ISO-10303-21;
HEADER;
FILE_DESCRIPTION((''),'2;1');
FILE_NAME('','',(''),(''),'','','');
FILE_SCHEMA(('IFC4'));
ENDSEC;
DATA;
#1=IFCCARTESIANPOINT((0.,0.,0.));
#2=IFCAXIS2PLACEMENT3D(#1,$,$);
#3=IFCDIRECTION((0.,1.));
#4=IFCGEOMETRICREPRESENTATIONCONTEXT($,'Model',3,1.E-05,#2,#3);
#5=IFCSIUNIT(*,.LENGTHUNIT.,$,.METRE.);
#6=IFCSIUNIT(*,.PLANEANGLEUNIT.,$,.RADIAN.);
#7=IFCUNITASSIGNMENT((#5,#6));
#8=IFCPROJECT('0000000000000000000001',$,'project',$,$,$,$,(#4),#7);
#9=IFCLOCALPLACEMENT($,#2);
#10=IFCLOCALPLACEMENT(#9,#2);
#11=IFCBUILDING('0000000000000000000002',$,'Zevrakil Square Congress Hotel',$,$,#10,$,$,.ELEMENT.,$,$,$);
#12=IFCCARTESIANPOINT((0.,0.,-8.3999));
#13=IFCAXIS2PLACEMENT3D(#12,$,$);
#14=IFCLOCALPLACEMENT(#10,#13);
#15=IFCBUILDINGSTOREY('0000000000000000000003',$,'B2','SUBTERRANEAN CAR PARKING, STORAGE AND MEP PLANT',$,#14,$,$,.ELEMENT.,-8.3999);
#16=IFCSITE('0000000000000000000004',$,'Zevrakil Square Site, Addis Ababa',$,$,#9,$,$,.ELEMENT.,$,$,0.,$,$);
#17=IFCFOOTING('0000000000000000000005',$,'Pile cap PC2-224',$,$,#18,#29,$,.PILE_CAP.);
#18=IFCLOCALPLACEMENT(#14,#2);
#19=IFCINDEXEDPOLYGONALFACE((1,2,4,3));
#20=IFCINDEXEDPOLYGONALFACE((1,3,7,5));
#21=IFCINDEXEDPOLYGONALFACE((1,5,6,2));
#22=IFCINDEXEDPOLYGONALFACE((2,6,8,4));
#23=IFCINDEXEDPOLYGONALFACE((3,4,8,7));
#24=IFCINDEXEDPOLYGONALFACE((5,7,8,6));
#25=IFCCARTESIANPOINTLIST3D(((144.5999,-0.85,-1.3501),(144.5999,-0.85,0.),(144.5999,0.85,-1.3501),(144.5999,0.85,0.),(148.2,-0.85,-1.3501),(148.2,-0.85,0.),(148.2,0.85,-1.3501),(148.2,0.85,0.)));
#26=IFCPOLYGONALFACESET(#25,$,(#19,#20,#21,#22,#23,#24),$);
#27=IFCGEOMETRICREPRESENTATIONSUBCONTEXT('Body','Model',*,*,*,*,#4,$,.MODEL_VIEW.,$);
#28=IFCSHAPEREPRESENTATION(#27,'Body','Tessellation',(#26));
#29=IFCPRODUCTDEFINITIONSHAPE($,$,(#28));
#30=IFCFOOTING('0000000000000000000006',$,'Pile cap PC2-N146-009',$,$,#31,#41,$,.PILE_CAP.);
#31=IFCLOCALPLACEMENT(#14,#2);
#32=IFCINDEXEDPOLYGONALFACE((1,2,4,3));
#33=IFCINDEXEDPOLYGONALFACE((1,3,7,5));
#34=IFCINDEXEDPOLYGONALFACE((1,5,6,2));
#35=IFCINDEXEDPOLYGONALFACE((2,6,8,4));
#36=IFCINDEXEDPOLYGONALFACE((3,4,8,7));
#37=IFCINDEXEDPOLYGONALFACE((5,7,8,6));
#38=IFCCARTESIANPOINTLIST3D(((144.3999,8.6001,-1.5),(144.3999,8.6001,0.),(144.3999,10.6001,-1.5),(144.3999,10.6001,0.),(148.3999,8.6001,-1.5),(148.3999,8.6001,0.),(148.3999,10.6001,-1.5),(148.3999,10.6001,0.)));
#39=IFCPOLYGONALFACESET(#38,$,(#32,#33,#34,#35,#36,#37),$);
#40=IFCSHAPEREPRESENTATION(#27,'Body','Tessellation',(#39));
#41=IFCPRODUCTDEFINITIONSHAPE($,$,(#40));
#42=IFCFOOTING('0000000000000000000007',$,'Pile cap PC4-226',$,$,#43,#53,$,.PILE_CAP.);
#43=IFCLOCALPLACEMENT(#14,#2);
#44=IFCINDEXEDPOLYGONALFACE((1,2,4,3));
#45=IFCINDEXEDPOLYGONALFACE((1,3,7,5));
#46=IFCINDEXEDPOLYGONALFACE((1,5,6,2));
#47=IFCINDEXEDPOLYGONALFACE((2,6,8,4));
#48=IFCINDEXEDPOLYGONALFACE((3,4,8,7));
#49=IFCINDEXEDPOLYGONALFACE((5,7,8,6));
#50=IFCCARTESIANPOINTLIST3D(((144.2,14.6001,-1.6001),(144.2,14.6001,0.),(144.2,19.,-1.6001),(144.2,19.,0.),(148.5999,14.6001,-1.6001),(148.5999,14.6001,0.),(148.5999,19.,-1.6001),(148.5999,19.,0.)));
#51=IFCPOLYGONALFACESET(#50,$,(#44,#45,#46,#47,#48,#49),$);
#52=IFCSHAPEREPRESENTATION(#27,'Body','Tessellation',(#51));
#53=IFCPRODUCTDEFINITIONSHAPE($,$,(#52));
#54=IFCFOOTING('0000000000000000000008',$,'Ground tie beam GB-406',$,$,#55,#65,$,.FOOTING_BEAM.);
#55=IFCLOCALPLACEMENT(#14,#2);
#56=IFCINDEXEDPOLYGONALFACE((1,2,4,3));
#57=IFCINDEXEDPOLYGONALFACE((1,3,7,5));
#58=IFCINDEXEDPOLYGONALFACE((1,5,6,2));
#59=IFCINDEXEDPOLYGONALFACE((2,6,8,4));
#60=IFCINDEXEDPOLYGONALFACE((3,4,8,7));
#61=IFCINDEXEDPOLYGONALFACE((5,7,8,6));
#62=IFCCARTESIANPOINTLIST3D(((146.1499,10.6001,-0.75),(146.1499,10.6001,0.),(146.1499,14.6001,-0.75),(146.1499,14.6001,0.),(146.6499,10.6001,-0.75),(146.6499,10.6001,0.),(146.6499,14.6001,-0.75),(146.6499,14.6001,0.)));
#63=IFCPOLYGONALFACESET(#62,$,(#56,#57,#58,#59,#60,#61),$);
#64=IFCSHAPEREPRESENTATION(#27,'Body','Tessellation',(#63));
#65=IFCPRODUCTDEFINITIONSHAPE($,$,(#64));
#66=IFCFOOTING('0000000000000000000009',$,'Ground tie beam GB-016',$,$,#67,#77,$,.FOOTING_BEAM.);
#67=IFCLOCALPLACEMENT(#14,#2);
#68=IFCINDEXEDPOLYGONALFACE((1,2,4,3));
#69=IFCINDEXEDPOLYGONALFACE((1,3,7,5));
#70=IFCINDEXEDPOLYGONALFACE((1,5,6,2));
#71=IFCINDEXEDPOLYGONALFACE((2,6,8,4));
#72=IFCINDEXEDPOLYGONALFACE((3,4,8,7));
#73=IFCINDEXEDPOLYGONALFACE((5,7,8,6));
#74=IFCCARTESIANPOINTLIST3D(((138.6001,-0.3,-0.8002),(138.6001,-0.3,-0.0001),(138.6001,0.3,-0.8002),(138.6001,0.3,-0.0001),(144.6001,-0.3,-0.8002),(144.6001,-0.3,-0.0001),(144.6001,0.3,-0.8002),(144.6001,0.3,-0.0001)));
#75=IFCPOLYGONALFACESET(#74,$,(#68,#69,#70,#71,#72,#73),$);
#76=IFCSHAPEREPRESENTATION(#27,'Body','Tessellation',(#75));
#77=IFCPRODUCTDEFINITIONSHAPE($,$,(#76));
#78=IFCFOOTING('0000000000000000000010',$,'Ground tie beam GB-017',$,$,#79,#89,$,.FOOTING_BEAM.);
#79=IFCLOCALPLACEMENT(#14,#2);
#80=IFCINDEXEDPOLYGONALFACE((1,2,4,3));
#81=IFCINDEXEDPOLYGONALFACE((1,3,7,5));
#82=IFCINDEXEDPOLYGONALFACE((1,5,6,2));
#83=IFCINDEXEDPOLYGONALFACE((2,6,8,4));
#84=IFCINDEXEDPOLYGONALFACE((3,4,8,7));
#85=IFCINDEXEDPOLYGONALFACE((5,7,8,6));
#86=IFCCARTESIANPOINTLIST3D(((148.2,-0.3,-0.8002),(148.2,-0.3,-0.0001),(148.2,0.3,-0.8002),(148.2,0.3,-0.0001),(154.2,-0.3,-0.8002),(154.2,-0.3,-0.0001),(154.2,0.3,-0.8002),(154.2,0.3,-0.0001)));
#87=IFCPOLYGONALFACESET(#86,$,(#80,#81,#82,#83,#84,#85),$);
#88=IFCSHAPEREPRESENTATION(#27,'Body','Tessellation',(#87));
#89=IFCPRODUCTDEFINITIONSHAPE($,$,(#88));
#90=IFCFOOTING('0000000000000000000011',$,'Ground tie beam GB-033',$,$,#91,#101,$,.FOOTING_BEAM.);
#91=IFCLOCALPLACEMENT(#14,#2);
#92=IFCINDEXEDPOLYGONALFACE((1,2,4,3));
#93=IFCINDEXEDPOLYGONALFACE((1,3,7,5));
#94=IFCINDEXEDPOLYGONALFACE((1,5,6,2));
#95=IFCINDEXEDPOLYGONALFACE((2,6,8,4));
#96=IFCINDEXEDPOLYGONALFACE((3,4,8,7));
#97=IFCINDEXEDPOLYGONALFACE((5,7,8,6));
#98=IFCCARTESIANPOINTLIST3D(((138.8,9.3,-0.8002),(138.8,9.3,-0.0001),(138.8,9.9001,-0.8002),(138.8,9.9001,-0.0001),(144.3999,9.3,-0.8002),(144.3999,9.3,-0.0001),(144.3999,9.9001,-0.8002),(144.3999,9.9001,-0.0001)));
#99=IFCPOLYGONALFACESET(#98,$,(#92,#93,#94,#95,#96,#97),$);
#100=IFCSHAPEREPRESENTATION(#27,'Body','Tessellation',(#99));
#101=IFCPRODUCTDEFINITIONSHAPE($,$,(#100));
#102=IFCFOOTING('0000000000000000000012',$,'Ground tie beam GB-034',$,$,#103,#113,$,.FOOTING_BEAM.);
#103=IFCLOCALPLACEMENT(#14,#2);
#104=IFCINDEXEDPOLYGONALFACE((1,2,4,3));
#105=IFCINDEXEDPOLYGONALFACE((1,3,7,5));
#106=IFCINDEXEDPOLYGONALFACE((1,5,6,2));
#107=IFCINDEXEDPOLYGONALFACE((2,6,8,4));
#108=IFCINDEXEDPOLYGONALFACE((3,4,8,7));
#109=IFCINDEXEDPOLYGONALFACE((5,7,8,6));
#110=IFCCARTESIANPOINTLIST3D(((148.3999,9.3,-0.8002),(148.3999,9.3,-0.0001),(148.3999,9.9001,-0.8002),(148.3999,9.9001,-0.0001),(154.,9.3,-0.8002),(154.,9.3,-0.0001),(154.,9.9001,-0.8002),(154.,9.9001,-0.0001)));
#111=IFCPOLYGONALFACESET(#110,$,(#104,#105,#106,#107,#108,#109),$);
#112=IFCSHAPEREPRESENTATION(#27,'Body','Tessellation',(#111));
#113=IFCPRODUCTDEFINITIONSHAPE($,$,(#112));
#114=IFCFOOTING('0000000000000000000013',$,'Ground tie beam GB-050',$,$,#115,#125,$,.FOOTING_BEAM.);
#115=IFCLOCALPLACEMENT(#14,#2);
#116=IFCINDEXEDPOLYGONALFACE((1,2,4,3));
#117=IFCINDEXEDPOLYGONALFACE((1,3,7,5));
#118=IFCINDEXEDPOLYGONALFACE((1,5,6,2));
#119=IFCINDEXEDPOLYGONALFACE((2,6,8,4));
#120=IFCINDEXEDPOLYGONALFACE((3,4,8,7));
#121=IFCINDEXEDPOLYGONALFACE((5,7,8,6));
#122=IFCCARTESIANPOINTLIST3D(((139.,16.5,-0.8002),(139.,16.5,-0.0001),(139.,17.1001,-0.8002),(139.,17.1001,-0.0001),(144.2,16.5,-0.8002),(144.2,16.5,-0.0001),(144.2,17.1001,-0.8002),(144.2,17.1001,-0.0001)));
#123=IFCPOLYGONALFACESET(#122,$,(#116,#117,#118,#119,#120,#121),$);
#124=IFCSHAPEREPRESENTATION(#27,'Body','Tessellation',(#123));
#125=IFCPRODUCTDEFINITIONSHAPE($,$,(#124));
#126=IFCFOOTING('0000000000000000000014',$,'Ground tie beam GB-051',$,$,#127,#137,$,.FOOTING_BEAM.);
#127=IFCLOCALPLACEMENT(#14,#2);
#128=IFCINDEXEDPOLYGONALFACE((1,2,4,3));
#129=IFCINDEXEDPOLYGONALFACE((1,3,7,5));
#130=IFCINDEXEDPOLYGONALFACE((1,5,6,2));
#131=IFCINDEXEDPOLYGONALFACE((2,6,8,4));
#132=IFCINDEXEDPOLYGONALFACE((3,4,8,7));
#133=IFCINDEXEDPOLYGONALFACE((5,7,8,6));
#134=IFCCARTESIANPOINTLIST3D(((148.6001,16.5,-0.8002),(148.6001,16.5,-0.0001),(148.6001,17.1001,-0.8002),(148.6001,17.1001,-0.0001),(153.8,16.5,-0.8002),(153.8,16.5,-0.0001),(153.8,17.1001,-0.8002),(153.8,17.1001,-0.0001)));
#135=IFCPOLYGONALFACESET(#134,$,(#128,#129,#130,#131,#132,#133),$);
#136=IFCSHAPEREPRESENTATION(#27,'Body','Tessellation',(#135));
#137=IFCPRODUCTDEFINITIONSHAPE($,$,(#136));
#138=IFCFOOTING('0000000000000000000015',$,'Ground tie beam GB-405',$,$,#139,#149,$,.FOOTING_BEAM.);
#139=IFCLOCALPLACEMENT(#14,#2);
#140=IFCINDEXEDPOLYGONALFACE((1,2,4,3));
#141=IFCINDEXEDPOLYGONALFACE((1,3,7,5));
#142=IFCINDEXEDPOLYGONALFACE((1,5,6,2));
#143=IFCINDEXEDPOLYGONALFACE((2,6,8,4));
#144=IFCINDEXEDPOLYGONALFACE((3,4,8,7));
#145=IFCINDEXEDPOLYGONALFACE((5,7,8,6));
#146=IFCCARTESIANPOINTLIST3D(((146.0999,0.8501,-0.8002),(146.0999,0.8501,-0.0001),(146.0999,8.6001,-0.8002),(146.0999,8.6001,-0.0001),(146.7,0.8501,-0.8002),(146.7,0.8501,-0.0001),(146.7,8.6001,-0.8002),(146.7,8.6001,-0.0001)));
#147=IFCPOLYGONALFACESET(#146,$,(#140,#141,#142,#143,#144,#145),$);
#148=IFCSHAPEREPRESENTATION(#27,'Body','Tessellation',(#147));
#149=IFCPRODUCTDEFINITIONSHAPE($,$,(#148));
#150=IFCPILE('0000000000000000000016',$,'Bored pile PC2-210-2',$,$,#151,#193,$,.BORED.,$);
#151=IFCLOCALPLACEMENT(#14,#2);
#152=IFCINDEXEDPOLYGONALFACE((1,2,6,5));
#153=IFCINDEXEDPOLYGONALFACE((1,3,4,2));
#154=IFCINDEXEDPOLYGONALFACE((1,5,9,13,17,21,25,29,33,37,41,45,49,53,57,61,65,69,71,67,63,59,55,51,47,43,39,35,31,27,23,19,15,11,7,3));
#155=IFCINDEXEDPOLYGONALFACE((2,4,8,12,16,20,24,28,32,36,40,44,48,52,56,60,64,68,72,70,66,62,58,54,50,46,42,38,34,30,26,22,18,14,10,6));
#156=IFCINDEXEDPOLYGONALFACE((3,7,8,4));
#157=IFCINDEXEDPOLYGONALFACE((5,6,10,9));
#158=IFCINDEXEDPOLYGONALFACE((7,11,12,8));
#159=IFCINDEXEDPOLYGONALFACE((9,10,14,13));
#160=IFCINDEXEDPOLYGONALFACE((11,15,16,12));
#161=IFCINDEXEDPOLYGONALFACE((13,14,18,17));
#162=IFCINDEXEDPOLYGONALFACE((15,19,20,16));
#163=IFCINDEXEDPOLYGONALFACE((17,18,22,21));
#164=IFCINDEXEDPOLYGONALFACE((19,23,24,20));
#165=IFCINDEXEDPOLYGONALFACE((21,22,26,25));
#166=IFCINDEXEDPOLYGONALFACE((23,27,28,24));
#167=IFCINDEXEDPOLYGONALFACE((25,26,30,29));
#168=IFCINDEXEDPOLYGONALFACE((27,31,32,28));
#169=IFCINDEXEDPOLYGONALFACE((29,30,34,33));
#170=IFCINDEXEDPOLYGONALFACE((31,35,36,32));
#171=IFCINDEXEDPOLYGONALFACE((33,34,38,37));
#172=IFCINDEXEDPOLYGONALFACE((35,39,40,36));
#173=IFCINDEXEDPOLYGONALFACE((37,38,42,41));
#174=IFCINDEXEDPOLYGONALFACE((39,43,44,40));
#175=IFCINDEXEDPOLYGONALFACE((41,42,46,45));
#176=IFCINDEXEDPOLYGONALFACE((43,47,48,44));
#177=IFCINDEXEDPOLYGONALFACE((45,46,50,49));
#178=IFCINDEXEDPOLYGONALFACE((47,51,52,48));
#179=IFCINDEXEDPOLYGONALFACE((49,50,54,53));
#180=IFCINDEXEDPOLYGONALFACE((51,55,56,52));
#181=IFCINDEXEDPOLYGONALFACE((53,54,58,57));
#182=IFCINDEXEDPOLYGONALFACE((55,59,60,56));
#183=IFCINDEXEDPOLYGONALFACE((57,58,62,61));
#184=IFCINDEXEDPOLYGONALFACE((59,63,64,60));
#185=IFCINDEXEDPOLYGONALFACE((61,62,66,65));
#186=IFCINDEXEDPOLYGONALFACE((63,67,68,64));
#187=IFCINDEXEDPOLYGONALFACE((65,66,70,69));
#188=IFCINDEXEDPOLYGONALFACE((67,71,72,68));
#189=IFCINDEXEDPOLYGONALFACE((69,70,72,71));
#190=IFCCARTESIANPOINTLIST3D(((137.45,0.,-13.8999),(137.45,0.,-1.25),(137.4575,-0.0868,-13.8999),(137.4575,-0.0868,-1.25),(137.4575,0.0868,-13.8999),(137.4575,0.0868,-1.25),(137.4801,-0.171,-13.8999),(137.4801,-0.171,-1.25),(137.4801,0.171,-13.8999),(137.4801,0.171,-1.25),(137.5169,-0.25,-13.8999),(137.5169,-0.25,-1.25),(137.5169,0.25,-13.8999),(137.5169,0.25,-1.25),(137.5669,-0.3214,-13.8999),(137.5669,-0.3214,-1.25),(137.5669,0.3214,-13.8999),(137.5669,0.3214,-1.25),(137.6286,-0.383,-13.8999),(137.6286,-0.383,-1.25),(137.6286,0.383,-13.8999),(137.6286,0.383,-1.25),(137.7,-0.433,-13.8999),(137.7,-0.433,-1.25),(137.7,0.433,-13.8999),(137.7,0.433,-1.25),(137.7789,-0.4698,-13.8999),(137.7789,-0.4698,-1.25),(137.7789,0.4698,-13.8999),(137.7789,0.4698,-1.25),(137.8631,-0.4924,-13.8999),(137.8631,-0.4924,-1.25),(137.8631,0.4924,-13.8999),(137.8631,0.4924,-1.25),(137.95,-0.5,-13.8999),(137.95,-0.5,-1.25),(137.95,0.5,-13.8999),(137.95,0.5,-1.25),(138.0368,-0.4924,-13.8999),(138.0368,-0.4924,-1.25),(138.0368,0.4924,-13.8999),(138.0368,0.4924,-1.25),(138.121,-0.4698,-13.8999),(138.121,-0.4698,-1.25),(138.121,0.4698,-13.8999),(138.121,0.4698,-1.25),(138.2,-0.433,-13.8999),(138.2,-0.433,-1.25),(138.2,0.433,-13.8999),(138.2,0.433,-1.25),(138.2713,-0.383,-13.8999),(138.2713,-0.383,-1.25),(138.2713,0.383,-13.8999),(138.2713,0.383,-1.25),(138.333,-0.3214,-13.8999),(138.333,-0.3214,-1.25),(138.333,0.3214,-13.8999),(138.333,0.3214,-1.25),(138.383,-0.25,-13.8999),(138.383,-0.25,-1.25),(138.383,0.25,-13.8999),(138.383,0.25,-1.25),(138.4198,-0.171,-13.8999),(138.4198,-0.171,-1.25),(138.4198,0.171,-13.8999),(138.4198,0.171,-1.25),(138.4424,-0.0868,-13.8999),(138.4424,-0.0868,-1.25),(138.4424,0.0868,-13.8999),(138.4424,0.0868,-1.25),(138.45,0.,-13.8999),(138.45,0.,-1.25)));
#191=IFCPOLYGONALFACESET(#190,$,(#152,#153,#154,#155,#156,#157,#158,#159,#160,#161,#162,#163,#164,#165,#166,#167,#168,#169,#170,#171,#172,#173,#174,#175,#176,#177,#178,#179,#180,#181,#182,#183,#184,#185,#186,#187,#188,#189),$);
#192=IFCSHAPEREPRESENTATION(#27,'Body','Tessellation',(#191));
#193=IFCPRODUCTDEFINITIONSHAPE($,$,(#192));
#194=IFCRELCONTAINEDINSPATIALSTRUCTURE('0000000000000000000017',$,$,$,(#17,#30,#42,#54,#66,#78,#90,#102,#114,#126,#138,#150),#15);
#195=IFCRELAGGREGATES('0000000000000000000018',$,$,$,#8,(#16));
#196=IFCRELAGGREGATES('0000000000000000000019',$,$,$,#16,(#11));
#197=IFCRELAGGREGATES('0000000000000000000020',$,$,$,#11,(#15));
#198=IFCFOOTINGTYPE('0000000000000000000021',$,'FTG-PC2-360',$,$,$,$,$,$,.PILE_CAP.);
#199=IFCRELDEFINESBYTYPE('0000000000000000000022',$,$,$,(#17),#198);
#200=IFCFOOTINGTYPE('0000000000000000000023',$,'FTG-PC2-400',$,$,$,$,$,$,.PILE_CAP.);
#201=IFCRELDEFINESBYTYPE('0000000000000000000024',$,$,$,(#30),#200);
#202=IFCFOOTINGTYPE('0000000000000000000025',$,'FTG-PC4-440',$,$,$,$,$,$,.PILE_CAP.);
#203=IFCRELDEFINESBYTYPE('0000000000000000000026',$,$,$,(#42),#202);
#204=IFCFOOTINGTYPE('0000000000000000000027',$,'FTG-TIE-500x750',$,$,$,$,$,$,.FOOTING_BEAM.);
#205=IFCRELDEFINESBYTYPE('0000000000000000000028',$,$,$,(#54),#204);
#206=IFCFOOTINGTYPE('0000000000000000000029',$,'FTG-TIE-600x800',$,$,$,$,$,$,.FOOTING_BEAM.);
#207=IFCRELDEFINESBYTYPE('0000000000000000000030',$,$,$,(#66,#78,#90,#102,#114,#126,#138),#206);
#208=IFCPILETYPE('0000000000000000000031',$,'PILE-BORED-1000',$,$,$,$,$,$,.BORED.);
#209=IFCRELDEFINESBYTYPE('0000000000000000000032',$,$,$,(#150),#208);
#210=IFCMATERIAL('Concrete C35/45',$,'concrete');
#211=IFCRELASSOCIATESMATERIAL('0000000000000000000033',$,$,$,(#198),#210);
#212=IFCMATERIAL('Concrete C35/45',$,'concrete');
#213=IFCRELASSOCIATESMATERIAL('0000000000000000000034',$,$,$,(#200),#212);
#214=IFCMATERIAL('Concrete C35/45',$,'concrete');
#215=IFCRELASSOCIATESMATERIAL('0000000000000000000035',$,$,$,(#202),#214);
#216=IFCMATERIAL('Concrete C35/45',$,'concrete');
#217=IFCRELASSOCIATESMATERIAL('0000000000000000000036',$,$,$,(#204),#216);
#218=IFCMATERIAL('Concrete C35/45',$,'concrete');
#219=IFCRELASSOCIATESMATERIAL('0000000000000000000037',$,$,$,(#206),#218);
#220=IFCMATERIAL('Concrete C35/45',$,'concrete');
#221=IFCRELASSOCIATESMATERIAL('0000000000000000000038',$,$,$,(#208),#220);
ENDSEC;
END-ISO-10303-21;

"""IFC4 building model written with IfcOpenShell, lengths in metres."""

from ifc_helpers import new_model, si_unit, direction, frame, origin, origin_2d, place, context, subcontext, project, spatial, rectangle, circle, extrude, material, material_profile, profile_set, type_object, element, save


model = new_model("IFC4")

# Units and contexts
model_context = context("Model", 3, precision=1e-05, world=origin(), true_north=direction((0.0, 1.0)))
body_context = subcontext(model_context, "Body", "Model", "MODEL_VIEW")
ifc_project = project(units=[si_unit("LENGTHUNIT", "METRE"), si_unit("PLANEANGLEUNIT", "RADIAN")], contexts=[model_context])

# Site, building, storey
site_placement = place(None, origin())
site = spatial("IfcSite", under=ifc_project, at=site_placement, Name="Zevrakil Square Site, Addis Ababa", CompositionType="ELEMENT", RefElevation=0.0)
building_placement = place(site_placement, origin())
building = spatial("IfcBuilding", under=site, at=building_placement, Name="Zevrakil Square Congress Hotel", CompositionType="ELEMENT")
storey_placement = place(building_placement, frame((0.0, 0.0, -8.3999)))
storey = spatial("IfcBuildingStorey", under=building, at=storey_placement, Name="B2", Description="SUBTERRANEAN CAR PARKING, STORAGE AND MEP PLANT", CompositionType="ELEMENT", Elevation=-8.3999)

# Footings
ifc_material_1 = material(Name="Concrete C35/45", Category="concrete")
footing_type_1 = type_object("IfcFootingType", Name="FTG-PC2-360", PredefinedType="PILE_CAP", material=ifc_material_1)
footing_1_placement = place(storey_placement, frame((146.3999, 0.0, -1.3501), z_axis=(0.0, 0.0, 1.0), x_axis=(1.0, 0.0, 0.0)))
element("IfcFooting", 1, at=footing_1_placement, inside=storey, type_object=footing_type_1, Name="Pile cap PC2-224", PredefinedType="PILE_CAP", context=body_context, shape_type="SweptSolid", body=[
    extrude(rectangle(XDim=3.6001, YDim=1.7, at=origin_2d()), origin(), (0.0, 0.0, 1.0), 1.3501),
])
ifc_material_2 = material(Name="Concrete C35/45", Category="concrete")
footing_type_2 = type_object("IfcFootingType", Name="FTG-PC2-400", PredefinedType="PILE_CAP", material=ifc_material_2)
footing_2_placement = place(storey_placement, frame((146.3999, 9.6001, -1.5), z_axis=(0.0, 0.0, 1.0), x_axis=(1.0, 0.0, 0.0)))
element("IfcFooting", 2, at=footing_2_placement, inside=storey, type_object=footing_type_2, Name="Pile cap PC2-N146-009", PredefinedType="PILE_CAP", context=body_context, shape_type="SweptSolid", body=[
    extrude(rectangle(XDim=4.0, YDim=2.0, at=origin_2d()), origin(), (0.0, 0.0, 1.0), 1.5),
])
ifc_material_3 = material(Name="Concrete C35/45", Category="concrete")
footing_type_3 = type_object("IfcFootingType", Name="FTG-PC4-440", PredefinedType="PILE_CAP", material=ifc_material_3)
footing_3_placement = place(storey_placement, frame((146.3999, 16.8, -1.6001), z_axis=(0.0, 0.0, 1.0), x_axis=(1.0, 0.0, 0.0)))
element("IfcFooting", 3, at=footing_3_placement, inside=storey, type_object=footing_type_3, Name="Pile cap PC4-226", PredefinedType="PILE_CAP", context=body_context, shape_type="SweptSolid", body=[
    extrude(rectangle(XDim=4.3999, YDim=4.3999, at=origin_2d()), origin(), (0.0, 0.0, 1.0), 1.6001),
])
ifc_material_4 = material(Name="Concrete C35/45", Category="concrete")
ifc_material_profile_1 = material_profile(ifc_material_4, rectangle(XDim=0.5, YDim=0.75, at=origin_2d()), Name="RC 500x750")
ifc_profile_set_1 = profile_set([ifc_material_profile_1], Name="Concrete C35/45")
footing_type_4 = type_object("IfcFootingType", Name="FTG-TIE-500x750", PredefinedType="FOOTING_BEAM", material=ifc_profile_set_1)
footing_4_placement = place(storey_placement, frame((146.3999, 10.6001, -0.375), z_axis=(0.0, 1.0, 0.0), x_axis=(-1.0, 0.0, 0.0)))
element("IfcFooting", 4, at=footing_4_placement, inside=storey, type_object=footing_type_4, Name="Ground tie beam GB-406", PredefinedType="FOOTING_BEAM", context=body_context, shape_type="SweptSolid", body=[
    extrude(rectangle(XDim=0.5, YDim=0.75, at=origin_2d()), origin(), (0.0, 0.0, 1.0), 4.0),
])
ifc_material_5 = material(Name="Concrete C35/45", Category="concrete")
ifc_material_profile_2 = material_profile(ifc_material_5, rectangle(XDim=0.6001, YDim=0.8, at=origin_2d()), Name="RC 600x800")
ifc_profile_set_2 = profile_set([ifc_material_profile_2], Name="Concrete C35/45")
footing_type_5 = type_object("IfcFootingType", Name="FTG-TIE-600x800", PredefinedType="FOOTING_BEAM", material=ifc_profile_set_2)
for number, where, z_axis, x_axis, name in (
    (5, (138.6001, 0.0, -0.4001), (1.0, 0.0, 0.0), (0.0, 1.0, 0.0), "Ground tie beam GB-016"),
    (6, (148.2, 0.0, -0.4001), (1.0, 0.0, 0.0), (0.0, 1.0, 0.0), "Ground tie beam GB-017"),
):
    element("IfcFooting", number, at=place(storey_placement, frame(where, z_axis=z_axis, x_axis=x_axis)), inside=storey, type_object=footing_type_5, Name=name, PredefinedType="FOOTING_BEAM", context=body_context, shape_type="SweptSolid", body=[
        extrude(rectangle(XDim=0.6001, YDim=0.8, at=origin_2d()), origin(), (0.0, 0.0, 1.0), 6.0),
    ])
footing_5_placement = place(storey_placement, frame((138.8, 9.6001, -0.4001), z_axis=(1.0, 0.0, 0.0), x_axis=(0.0, 1.0, 0.0)))
element("IfcFooting", 7, at=footing_5_placement, inside=storey, type_object=footing_type_5, Name="Ground tie beam GB-033", PredefinedType="FOOTING_BEAM", context=body_context, shape_type="SweptSolid", body=[
    extrude(rectangle(XDim=0.6001, YDim=0.8, at=origin_2d()), origin(), (0.0, 0.0, 1.0), 5.5999),
])
footing_6_placement = place(storey_placement, frame((148.3999, 9.6001, -0.4001), z_axis=(1.0, 0.0, 0.0), x_axis=(0.0, 1.0, 0.0)))
element("IfcFooting", 8, at=footing_6_placement, inside=storey, type_object=footing_type_5, Name="Ground tie beam GB-034", PredefinedType="FOOTING_BEAM", context=body_context, shape_type="SweptSolid", body=[
    extrude(rectangle(XDim=0.6001, YDim=0.8, at=origin_2d()), origin(), (0.0, 0.0, 1.0), 5.6001),
])
for number, where, z_axis, x_axis, name in (
    (9, (139.0, 16.8, -0.4001), (1.0, 0.0, 0.0), (0.0, 1.0, 0.0), "Ground tie beam GB-050"),
    (10, (148.6001, 16.8, -0.4001), (1.0, 0.0, 0.0), (0.0, 1.0, 0.0), "Ground tie beam GB-051"),
):
    element("IfcFooting", number, at=place(storey_placement, frame(where, z_axis=z_axis, x_axis=x_axis)), inside=storey, type_object=footing_type_5, Name=name, PredefinedType="FOOTING_BEAM", context=body_context, shape_type="SweptSolid", body=[
        extrude(rectangle(XDim=0.6001, YDim=0.8, at=origin_2d()), origin(), (0.0, 0.0, 1.0), 5.2),
    ])
footing_7_placement = place(storey_placement, frame((146.3999, 0.8501, -0.4001), z_axis=(0.0, 1.0, 0.0), x_axis=(-1.0, 0.0, 0.0)))
element("IfcFooting", 11, at=footing_7_placement, inside=storey, type_object=footing_type_5, Name="Ground tie beam GB-405", PredefinedType="FOOTING_BEAM", context=body_context, shape_type="SweptSolid", body=[
    extrude(rectangle(XDim=0.6001, YDim=0.8, at=origin_2d()), origin(), (0.0, 0.0, 1.0), 7.75),
])

# Pile
ifc_material_6 = material(Name="Concrete C35/45", Category="concrete")
ifc_material_profile_3 = material_profile(ifc_material_6, circle(Radius=0.5, at=origin_2d()), Name="PILE D1000")
ifc_profile_set_3 = profile_set([ifc_material_profile_3], Name="Concrete C35/45")
pile_type_1 = type_object("IfcPileType", Name="PILE-BORED-1000", PredefinedType="BORED", material=ifc_profile_set_3)
pile_1_placement = place(storey_placement, frame((137.95, 0.0, -1.25), z_axis=(0.0, 0.0, -1.0), x_axis=(1.0, 0.0, 0.0)))
element("IfcPile", 12, at=pile_1_placement, inside=storey, type_object=pile_type_1, Name="Bored pile PC2-210-2", PredefinedType="BORED", context=body_context, shape_type="SweptSolid", body=[
    extrude(circle(Radius=0.5, at=origin_2d()), origin(), (0.0, 0.0, 1.0), 12.6499),
])

save(model, "model.ifc")
